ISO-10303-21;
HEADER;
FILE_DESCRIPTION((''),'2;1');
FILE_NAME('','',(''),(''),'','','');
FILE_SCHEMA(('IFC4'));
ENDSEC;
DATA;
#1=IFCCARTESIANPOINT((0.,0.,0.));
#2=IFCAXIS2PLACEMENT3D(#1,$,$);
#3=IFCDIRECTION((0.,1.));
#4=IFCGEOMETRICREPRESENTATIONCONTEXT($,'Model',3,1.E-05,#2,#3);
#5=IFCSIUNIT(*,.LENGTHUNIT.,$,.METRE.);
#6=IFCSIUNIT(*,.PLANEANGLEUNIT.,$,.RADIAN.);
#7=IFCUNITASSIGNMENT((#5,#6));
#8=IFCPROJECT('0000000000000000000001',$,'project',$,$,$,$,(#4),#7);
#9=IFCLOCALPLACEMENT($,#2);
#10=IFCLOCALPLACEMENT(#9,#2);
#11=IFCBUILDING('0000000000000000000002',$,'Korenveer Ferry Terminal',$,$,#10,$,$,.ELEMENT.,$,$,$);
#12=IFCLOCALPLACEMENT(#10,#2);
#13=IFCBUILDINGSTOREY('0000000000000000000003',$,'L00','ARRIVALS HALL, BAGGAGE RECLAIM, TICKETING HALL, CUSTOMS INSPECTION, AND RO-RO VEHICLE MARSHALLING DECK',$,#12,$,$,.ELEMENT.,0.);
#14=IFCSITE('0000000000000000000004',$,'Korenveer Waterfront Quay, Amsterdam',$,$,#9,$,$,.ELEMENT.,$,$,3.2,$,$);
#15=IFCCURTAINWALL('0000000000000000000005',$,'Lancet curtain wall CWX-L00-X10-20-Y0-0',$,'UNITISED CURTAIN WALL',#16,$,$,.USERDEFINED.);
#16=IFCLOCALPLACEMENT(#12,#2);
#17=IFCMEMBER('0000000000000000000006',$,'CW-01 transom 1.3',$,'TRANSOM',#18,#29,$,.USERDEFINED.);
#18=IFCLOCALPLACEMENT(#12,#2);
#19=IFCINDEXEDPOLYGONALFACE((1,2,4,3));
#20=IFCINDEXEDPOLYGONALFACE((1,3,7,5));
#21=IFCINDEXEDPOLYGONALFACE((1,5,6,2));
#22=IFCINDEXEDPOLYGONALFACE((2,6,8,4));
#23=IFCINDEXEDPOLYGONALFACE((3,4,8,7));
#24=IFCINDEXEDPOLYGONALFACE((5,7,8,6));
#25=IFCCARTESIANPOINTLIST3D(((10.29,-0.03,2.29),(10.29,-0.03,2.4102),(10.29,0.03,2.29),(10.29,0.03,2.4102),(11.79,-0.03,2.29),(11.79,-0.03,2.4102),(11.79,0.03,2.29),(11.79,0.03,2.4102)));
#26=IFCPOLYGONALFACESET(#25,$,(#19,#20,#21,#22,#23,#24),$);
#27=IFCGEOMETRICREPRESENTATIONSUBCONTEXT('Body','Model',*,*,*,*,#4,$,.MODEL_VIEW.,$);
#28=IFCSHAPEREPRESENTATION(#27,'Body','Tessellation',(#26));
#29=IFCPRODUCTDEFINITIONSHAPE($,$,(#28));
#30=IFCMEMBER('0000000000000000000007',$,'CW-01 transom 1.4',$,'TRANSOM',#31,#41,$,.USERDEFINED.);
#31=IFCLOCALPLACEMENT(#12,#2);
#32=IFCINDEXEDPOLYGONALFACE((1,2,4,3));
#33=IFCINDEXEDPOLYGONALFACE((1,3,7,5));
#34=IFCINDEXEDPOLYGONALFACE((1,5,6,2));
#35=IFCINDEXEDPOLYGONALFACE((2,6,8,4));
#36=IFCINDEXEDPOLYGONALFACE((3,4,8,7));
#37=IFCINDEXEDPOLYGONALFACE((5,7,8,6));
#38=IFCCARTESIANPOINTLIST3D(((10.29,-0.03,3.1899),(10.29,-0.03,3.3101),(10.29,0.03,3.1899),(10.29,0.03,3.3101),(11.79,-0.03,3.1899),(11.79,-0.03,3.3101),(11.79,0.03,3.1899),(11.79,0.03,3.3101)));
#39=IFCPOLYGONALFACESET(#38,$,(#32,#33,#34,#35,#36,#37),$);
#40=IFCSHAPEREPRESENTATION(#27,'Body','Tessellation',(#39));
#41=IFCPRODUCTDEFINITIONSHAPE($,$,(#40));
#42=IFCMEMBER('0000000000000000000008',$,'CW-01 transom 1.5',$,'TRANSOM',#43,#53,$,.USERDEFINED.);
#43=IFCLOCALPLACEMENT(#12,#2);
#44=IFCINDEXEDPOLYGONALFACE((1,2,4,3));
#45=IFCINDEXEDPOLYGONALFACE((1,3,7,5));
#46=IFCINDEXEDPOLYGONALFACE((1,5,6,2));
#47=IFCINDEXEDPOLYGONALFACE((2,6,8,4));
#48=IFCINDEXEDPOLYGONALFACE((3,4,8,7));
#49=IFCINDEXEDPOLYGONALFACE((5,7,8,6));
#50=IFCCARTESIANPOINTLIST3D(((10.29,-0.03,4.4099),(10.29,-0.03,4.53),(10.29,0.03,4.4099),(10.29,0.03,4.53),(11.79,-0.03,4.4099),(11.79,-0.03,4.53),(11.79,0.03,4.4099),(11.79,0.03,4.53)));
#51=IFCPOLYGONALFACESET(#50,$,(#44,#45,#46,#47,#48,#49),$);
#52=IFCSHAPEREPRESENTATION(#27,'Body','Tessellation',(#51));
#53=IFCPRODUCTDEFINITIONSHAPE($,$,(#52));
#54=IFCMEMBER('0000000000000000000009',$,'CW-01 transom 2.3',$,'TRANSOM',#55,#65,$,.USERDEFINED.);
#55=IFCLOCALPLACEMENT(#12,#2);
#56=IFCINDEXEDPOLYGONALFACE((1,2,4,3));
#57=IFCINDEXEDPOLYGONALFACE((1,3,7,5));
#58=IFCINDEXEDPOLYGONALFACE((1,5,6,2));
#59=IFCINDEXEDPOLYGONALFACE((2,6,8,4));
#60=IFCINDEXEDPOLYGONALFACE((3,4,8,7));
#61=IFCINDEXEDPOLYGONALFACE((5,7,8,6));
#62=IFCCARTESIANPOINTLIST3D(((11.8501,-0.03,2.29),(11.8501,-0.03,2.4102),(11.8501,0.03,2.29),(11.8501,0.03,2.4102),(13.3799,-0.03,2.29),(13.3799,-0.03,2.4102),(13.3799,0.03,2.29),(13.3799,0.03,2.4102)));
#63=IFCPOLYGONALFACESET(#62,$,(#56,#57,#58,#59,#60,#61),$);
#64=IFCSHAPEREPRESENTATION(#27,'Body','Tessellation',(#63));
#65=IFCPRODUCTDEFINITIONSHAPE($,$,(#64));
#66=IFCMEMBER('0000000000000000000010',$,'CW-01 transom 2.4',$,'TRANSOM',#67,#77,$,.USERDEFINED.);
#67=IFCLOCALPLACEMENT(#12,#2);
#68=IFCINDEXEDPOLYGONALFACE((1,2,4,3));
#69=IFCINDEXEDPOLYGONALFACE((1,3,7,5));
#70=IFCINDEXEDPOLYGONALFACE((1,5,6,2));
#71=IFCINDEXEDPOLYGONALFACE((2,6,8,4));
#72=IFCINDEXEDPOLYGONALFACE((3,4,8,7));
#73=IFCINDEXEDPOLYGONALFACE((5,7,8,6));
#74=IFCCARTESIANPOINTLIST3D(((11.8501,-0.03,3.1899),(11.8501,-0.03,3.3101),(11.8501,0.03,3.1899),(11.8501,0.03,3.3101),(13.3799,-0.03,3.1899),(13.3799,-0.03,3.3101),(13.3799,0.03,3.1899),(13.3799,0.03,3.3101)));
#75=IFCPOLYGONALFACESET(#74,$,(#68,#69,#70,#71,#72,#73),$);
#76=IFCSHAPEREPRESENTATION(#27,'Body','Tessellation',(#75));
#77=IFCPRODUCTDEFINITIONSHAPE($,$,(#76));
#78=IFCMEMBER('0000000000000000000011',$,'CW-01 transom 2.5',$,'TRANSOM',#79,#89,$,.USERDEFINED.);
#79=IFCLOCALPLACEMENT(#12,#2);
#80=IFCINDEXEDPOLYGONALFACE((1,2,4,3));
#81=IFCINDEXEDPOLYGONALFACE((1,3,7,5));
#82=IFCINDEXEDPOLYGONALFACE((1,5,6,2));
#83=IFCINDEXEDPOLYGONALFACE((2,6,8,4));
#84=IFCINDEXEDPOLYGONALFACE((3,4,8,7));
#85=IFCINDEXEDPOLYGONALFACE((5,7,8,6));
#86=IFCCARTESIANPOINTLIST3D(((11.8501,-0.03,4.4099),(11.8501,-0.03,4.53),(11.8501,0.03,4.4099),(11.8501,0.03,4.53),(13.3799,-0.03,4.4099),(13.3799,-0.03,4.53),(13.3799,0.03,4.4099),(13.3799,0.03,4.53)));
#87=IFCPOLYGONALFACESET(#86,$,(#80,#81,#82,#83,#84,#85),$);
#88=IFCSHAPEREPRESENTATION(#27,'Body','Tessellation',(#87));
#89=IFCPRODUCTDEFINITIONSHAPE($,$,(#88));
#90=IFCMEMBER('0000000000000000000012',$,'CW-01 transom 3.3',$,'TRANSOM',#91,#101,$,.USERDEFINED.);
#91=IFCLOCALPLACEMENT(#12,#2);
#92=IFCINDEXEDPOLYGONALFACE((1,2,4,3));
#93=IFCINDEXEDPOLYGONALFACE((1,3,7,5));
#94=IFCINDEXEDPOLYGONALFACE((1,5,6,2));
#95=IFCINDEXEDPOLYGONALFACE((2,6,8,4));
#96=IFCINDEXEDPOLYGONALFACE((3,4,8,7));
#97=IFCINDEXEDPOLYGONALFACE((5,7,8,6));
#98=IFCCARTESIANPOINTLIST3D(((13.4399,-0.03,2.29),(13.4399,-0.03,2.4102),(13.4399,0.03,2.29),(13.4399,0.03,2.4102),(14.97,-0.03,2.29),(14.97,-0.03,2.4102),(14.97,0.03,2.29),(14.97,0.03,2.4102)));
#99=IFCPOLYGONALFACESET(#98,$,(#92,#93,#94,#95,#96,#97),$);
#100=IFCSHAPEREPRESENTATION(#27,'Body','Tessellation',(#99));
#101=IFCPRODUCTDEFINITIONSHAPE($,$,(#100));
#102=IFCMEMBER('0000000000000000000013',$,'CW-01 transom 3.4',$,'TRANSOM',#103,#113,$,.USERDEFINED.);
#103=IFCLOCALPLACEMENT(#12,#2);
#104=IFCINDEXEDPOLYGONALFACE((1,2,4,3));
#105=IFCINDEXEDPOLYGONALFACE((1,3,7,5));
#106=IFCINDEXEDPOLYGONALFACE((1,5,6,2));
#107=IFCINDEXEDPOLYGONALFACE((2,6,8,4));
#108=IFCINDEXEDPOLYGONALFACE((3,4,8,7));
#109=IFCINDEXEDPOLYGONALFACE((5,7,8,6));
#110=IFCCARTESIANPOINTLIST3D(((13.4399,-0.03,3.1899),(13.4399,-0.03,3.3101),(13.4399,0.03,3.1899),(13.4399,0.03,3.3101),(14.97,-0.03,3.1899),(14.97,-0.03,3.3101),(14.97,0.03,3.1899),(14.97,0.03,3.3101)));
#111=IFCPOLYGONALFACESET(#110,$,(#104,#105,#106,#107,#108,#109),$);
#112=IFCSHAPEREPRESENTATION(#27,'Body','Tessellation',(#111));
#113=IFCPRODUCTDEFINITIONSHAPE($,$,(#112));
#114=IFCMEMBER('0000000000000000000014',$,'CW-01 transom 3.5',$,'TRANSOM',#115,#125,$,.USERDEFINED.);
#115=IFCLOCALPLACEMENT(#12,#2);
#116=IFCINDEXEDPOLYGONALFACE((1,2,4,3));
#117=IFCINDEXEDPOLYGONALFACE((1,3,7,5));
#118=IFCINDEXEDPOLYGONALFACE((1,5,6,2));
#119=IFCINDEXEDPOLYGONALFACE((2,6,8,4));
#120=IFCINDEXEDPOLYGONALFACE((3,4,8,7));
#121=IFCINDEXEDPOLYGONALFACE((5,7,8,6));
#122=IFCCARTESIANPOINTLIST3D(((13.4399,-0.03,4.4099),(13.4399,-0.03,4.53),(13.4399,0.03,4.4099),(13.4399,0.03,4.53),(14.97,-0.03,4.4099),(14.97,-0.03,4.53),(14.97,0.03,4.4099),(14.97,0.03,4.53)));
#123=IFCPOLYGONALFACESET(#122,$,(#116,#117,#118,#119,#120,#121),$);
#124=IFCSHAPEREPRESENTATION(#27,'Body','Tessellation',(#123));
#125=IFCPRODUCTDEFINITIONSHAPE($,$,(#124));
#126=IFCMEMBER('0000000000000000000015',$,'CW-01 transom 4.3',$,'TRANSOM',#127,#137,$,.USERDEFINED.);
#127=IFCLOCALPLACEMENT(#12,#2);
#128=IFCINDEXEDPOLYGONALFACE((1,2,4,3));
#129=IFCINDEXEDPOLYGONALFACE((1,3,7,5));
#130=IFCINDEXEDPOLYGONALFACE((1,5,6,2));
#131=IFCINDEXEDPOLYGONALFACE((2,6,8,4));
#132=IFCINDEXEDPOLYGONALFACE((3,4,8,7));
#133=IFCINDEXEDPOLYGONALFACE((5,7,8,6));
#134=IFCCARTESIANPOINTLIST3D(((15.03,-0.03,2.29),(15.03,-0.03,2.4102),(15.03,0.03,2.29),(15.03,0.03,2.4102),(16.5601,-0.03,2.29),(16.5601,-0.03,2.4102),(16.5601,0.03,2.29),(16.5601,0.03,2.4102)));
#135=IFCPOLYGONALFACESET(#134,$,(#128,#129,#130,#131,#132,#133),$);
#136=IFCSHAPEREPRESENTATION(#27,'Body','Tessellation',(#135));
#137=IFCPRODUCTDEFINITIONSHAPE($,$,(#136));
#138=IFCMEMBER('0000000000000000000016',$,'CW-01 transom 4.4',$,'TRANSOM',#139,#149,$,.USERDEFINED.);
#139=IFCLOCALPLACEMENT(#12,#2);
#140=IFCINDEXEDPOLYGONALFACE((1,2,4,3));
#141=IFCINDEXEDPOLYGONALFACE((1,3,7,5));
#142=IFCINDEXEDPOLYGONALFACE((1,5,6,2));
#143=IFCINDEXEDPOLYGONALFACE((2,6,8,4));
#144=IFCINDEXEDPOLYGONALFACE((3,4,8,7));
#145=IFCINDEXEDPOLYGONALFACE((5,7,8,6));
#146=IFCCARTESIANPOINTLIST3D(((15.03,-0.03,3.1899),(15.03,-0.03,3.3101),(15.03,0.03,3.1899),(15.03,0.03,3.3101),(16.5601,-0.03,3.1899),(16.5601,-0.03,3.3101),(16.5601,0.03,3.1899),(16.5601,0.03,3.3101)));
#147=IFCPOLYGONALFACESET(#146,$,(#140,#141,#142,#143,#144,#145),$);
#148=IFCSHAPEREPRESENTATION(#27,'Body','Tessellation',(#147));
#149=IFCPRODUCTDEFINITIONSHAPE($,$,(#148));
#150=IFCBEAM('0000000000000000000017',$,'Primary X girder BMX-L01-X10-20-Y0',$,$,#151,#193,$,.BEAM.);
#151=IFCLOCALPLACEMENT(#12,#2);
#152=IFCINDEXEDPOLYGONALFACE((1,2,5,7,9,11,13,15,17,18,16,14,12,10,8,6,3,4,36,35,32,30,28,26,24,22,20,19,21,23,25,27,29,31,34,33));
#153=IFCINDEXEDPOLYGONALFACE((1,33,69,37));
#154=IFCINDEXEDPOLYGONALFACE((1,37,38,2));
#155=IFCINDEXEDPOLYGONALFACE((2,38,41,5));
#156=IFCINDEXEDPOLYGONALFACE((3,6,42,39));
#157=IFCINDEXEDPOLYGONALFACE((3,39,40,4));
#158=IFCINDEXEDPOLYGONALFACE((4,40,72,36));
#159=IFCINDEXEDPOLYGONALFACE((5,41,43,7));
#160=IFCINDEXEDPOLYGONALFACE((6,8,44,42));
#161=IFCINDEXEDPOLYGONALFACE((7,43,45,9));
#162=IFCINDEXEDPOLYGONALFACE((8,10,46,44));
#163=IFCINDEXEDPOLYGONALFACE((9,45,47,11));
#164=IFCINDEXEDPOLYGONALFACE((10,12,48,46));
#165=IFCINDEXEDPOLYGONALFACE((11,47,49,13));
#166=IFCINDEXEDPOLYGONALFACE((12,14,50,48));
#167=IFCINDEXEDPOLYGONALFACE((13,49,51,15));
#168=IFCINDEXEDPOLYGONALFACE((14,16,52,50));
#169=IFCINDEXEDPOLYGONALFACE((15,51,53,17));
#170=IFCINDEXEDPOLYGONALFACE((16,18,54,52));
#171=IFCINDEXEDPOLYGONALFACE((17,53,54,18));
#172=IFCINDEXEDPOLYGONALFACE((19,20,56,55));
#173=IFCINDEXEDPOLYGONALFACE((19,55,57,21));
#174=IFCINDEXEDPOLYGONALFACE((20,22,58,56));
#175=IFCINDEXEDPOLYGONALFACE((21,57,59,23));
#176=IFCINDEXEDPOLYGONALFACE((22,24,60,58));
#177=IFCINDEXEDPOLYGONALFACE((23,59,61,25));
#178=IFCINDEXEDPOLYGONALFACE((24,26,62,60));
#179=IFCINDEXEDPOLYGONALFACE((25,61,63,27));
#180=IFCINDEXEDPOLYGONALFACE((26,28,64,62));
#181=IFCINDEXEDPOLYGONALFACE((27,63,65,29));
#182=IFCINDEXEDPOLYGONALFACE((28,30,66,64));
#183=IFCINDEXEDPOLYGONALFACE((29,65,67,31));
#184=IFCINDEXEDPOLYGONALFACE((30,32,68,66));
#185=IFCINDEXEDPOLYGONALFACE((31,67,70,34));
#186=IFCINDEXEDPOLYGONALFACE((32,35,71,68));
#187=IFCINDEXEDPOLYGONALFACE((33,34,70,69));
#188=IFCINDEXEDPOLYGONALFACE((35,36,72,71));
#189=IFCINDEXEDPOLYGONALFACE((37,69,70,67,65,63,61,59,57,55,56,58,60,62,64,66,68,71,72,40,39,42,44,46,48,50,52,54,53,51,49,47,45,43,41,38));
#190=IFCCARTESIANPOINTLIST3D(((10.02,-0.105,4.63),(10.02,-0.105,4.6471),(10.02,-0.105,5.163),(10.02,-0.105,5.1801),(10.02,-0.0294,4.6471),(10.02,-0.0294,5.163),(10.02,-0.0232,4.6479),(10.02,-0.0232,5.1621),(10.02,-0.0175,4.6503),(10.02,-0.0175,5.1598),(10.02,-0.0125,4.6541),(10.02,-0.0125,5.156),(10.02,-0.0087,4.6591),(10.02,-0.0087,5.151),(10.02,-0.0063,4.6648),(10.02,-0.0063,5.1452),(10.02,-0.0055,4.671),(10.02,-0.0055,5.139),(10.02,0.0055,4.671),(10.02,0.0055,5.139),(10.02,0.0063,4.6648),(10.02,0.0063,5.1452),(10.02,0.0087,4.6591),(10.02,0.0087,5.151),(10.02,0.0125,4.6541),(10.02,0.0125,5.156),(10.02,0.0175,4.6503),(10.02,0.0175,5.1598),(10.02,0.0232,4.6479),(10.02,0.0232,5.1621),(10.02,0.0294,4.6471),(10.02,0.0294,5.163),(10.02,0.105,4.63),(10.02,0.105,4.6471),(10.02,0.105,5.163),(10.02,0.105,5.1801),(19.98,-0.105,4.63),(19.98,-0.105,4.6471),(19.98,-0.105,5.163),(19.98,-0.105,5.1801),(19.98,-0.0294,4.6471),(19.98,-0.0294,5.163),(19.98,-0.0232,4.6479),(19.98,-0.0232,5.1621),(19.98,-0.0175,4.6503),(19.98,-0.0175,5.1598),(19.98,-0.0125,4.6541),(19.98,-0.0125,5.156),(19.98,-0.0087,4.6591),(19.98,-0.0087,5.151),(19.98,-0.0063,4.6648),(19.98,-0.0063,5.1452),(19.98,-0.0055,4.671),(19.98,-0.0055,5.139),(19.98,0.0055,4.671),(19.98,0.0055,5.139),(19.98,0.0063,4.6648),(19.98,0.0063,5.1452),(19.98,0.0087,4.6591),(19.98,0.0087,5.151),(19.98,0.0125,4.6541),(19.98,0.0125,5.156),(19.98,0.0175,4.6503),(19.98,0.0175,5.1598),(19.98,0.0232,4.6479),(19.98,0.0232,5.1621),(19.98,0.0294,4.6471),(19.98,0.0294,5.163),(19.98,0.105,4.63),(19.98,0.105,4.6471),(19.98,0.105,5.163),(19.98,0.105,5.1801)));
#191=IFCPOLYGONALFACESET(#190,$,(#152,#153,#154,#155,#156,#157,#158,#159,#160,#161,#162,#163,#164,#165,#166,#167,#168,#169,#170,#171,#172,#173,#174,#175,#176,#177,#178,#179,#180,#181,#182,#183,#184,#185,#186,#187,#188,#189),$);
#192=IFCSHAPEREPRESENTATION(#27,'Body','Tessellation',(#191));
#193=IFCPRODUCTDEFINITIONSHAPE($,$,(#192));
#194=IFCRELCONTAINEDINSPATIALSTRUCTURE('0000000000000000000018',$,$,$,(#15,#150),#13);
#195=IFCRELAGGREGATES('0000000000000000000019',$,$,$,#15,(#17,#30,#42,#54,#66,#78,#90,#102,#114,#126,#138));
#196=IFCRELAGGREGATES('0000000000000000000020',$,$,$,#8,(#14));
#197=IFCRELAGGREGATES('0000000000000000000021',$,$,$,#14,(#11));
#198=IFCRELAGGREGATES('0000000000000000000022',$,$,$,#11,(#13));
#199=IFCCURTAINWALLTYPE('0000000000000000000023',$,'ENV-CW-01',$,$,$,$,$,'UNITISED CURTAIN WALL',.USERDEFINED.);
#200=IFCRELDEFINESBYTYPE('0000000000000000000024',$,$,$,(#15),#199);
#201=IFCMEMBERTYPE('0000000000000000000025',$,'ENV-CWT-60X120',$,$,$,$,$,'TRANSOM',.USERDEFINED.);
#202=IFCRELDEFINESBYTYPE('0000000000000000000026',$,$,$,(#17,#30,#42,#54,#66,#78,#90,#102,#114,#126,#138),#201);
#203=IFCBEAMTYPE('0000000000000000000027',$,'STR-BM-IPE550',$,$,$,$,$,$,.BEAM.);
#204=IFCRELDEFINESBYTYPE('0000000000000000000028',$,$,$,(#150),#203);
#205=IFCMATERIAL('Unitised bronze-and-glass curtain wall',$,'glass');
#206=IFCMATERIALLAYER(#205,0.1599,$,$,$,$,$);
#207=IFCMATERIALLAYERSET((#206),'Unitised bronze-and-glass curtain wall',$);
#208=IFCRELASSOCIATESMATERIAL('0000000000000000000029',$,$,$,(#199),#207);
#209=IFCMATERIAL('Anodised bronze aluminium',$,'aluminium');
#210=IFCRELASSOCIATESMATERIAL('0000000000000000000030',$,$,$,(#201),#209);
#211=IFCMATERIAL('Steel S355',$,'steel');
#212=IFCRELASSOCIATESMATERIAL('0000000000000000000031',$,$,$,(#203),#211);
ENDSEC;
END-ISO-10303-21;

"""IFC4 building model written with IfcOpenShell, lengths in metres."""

from ifc_helpers import new_model, si_unit, direction, frame, origin, origin_2d, place, context, subcontext, project, spatial, rectangle, i_section, extrude, material, layer, layer_set, material_profile, profile_set, type_object, element, aggregate, save


model = new_model("IFC4")

# Units and contexts
model_context = context("Model", 3, precision=1e-05, world=origin(), true_north=direction((0.0, 1.0)))
body_context = subcontext(model_context, "Body", "Model", "MODEL_VIEW")
ifc_project = project(units=[si_unit("LENGTHUNIT", "METRE"), si_unit("PLANEANGLEUNIT", "RADIAN")], contexts=[model_context])

# Site, building, storey
site_placement = place(None, origin())
site = spatial("IfcSite", under=ifc_project, at=site_placement, Name="Korenveer Waterfront Quay, Amsterdam", CompositionType="ELEMENT", RefElevation=3.2)
building_placement = place(site_placement, origin())
building = spatial("IfcBuilding", under=site, at=building_placement, Name="Korenveer Ferry Terminal", CompositionType="ELEMENT")
storey_placement = place(building_placement, origin())
storey = spatial("IfcBuildingStorey", under=building, at=storey_placement, Name="L00", Description="ARRIVALS HALL, BAGGAGE RECLAIM, TICKETING HALL, CUSTOMS INSPECTION, AND RO-RO VEHICLE MARSHALLING DECK", CompositionType="ELEMENT", Elevation=0.0)

# Curtain wall, members
ifc_material_1 = material(Name="Unitised bronze-and-glass curtain wall", Category="glass")
ifc_layer_1 = layer(ifc_material_1, 0.1599)
ifc_layer_set_1 = layer_set([ifc_layer_1], Name="Unitised bronze-and-glass curtain wall")
curtain_wall_type = type_object("IfcCurtainWallType", Name="ENV-CW-01", ElementType="UNITISED CURTAIN WALL", PredefinedType="USERDEFINED", material=ifc_layer_set_1)
curtain_wall_placement = place(storey_placement, frame((10.23, 0.0, 0.0)))
curtain_wall = element("IfcCurtainWall", 1, at=curtain_wall_placement, inside=storey, type_object=curtain_wall_type, Name="Lancet curtain wall CWX-L00-X10-20-Y0-0", ObjectType="UNITISED CURTAIN WALL", PredefinedType="USERDEFINED")
ifc_material_2 = material(Name="Anodised bronze aluminium", Category="aluminium")
ifc_material_profile_1 = material_profile(ifc_material_2, rectangle(XDim=0.0601, YDim=0.1201, at=origin_2d()), Name="ALU 60x120")
ifc_profile_set_1 = profile_set([ifc_material_profile_1], Name="Anodised bronze aluminium")
member_type = type_object("IfcMemberType", Name="ENV-CWT-60X120", ElementType="TRANSOM", PredefinedType="USERDEFINED", material=ifc_profile_set_1)
member_1_placement = place(storey_placement, frame((10.29, 0.0, 2.3501), z_axis=(1.0, 0.0, 0.0), x_axis=(0.0, 1.0, 0.0)))
member_1 = element("IfcMember", 2, at=member_1_placement, type_object=member_type, Name="CW-01 transom 1.3", ObjectType="TRANSOM", PredefinedType="USERDEFINED", context=body_context, shape_type="SweptSolid", body=[
    extrude(rectangle(XDim=0.0601, YDim=0.1201, at=origin_2d()), origin(), (0.0, 0.0, 1.0), 1.5),
])
member_2_placement = place(storey_placement, frame((10.29, 0.0, 3.25), z_axis=(1.0, 0.0, 0.0), x_axis=(0.0, 1.0, 0.0)))
member_2 = element("IfcMember", 3, at=member_2_placement, type_object=member_type, Name="CW-01 transom 1.4", ObjectType="TRANSOM", PredefinedType="USERDEFINED", context=body_context, shape_type="SweptSolid", body=[
    extrude(rectangle(XDim=0.0601, YDim=0.1201, at=origin_2d()), origin(), (0.0, 0.0, 1.0), 1.5),
])
member_3_placement = place(storey_placement, frame((10.29, 0.0, 4.47), z_axis=(1.0, 0.0, 0.0), x_axis=(0.0, 1.0, 0.0)))
member_3 = element("IfcMember", 4, at=member_3_placement, type_object=member_type, Name="CW-01 transom 1.5", ObjectType="TRANSOM", PredefinedType="USERDEFINED", context=body_context, shape_type="SweptSolid", body=[
    extrude(rectangle(XDim=0.0601, YDim=0.1201, at=origin_2d()), origin(), (0.0, 0.0, 1.0), 1.5),
])
member_4_placement = place(storey_placement, frame((11.8501, 0.0, 2.3501), z_axis=(1.0, 0.0, 0.0), x_axis=(0.0, 1.0, 0.0)))
member_4 = element("IfcMember", 5, at=member_4_placement, type_object=member_type, Name="CW-01 transom 2.3", ObjectType="TRANSOM", PredefinedType="USERDEFINED", context=body_context, shape_type="SweptSolid", body=[
    extrude(rectangle(XDim=0.0601, YDim=0.1201, at=origin_2d()), origin(), (0.0, 0.0, 1.0), 1.5298),
])
member_5_placement = place(storey_placement, frame((11.8501, 0.0, 3.25), z_axis=(1.0, 0.0, 0.0), x_axis=(0.0, 1.0, 0.0)))
member_5 = element("IfcMember", 6, at=member_5_placement, type_object=member_type, Name="CW-01 transom 2.4", ObjectType="TRANSOM", PredefinedType="USERDEFINED", context=body_context, shape_type="SweptSolid", body=[
    extrude(rectangle(XDim=0.0601, YDim=0.1201, at=origin_2d()), origin(), (0.0, 0.0, 1.0), 1.5298),
])
member_6_placement = place(storey_placement, frame((11.8501, 0.0, 4.47), z_axis=(1.0, 0.0, 0.0), x_axis=(0.0, 1.0, 0.0)))
member_6 = element("IfcMember", 7, at=member_6_placement, type_object=member_type, Name="CW-01 transom 2.5", ObjectType="TRANSOM", PredefinedType="USERDEFINED", context=body_context, shape_type="SweptSolid", body=[
    extrude(rectangle(XDim=0.0601, YDim=0.1201, at=origin_2d()), origin(), (0.0, 0.0, 1.0), 1.5298),
])
member_7_placement = place(storey_placement, frame((13.4399, 0.0, 2.3501), z_axis=(1.0, 0.0, 0.0), x_axis=(0.0, 1.0, 0.0)))
member_7 = element("IfcMember", 8, at=member_7_placement, type_object=member_type, Name="CW-01 transom 3.3", ObjectType="TRANSOM", PredefinedType="USERDEFINED", context=body_context, shape_type="SweptSolid", body=[
    extrude(rectangle(XDim=0.0601, YDim=0.1201, at=origin_2d()), origin(), (0.0, 0.0, 1.0), 1.53),
])
member_8_placement = place(storey_placement, frame((13.4399, 0.0, 3.25), z_axis=(1.0, 0.0, 0.0), x_axis=(0.0, 1.0, 0.0)))
member_8 = element("IfcMember", 9, at=member_8_placement, type_object=member_type, Name="CW-01 transom 3.4", ObjectType="TRANSOM", PredefinedType="USERDEFINED", context=body_context, shape_type="SweptSolid", body=[
    extrude(rectangle(XDim=0.0601, YDim=0.1201, at=origin_2d()), origin(), (0.0, 0.0, 1.0), 1.53),
])
member_9_placement = place(storey_placement, frame((13.4399, 0.0, 4.47), z_axis=(1.0, 0.0, 0.0), x_axis=(0.0, 1.0, 0.0)))
member_9 = element("IfcMember", 10, at=member_9_placement, type_object=member_type, Name="CW-01 transom 3.5", ObjectType="TRANSOM", PredefinedType="USERDEFINED", context=body_context, shape_type="SweptSolid", body=[
    extrude(rectangle(XDim=0.0601, YDim=0.1201, at=origin_2d()), origin(), (0.0, 0.0, 1.0), 1.53),
])
member_10_placement = place(storey_placement, frame((15.03, 0.0, 2.3501), z_axis=(1.0, 0.0, 0.0), x_axis=(0.0, 1.0, 0.0)))
member_10 = element("IfcMember", 11, at=member_10_placement, type_object=member_type, Name="CW-01 transom 4.3", ObjectType="TRANSOM", PredefinedType="USERDEFINED", context=body_context, shape_type="SweptSolid", body=[
    extrude(rectangle(XDim=0.0601, YDim=0.1201, at=origin_2d()), origin(), (0.0, 0.0, 1.0), 1.53),
])
member_11_placement = place(storey_placement, frame((15.03, 0.0, 3.25), z_axis=(1.0, 0.0, 0.0), x_axis=(0.0, 1.0, 0.0)))
member_11 = element("IfcMember", 12, at=member_11_placement, type_object=member_type, Name="CW-01 transom 4.4", ObjectType="TRANSOM", PredefinedType="USERDEFINED", context=body_context, shape_type="SweptSolid", body=[
    extrude(rectangle(XDim=0.0601, YDim=0.1201, at=origin_2d()), origin(), (0.0, 0.0, 1.0), 1.53),
])

# Beam
ifc_material_3 = material(Name="Steel S355", Category="steel")
ifc_material_profile_2 = material_profile(ifc_material_3, i_section(OverallWidth=0.21, OverallDepth=0.55, WebThickness=0.011, FlangeThickness=0.0171, FilletRadius=0.0239, at=origin_2d()), Name="IPE 550")
ifc_profile_set_2 = profile_set([ifc_material_profile_2], Name="Steel S355")
beam_type_1 = type_object("IfcBeamType", Name="STR-BM-IPE550", PredefinedType="BEAM", material=ifc_profile_set_2)
beam_1_placement = place(storey_placement, frame((10.02, 0.0, 4.905), z_axis=(1.0, 0.0, 0.0), x_axis=(0.0, 1.0, 0.0)))
element("IfcBeam", 13, at=beam_1_placement, inside=storey, type_object=beam_type_1, Name="Primary X girder BMX-L01-X10-20-Y0", PredefinedType="BEAM", context=body_context, shape_type="SweptSolid", body=[
    extrude(i_section(OverallWidth=0.21, OverallDepth=0.55, WebThickness=0.011, FlangeThickness=0.0171, FilletRadius=0.0239, at=origin_2d()), origin(), (0.0, 0.0, 1.0), 9.96),
])

aggregate(curtain_wall, [member_1, member_2, member_3, member_4, member_5, member_6, member_7, member_8, member_9, member_10, member_11])

save(model, "model.ifc")
